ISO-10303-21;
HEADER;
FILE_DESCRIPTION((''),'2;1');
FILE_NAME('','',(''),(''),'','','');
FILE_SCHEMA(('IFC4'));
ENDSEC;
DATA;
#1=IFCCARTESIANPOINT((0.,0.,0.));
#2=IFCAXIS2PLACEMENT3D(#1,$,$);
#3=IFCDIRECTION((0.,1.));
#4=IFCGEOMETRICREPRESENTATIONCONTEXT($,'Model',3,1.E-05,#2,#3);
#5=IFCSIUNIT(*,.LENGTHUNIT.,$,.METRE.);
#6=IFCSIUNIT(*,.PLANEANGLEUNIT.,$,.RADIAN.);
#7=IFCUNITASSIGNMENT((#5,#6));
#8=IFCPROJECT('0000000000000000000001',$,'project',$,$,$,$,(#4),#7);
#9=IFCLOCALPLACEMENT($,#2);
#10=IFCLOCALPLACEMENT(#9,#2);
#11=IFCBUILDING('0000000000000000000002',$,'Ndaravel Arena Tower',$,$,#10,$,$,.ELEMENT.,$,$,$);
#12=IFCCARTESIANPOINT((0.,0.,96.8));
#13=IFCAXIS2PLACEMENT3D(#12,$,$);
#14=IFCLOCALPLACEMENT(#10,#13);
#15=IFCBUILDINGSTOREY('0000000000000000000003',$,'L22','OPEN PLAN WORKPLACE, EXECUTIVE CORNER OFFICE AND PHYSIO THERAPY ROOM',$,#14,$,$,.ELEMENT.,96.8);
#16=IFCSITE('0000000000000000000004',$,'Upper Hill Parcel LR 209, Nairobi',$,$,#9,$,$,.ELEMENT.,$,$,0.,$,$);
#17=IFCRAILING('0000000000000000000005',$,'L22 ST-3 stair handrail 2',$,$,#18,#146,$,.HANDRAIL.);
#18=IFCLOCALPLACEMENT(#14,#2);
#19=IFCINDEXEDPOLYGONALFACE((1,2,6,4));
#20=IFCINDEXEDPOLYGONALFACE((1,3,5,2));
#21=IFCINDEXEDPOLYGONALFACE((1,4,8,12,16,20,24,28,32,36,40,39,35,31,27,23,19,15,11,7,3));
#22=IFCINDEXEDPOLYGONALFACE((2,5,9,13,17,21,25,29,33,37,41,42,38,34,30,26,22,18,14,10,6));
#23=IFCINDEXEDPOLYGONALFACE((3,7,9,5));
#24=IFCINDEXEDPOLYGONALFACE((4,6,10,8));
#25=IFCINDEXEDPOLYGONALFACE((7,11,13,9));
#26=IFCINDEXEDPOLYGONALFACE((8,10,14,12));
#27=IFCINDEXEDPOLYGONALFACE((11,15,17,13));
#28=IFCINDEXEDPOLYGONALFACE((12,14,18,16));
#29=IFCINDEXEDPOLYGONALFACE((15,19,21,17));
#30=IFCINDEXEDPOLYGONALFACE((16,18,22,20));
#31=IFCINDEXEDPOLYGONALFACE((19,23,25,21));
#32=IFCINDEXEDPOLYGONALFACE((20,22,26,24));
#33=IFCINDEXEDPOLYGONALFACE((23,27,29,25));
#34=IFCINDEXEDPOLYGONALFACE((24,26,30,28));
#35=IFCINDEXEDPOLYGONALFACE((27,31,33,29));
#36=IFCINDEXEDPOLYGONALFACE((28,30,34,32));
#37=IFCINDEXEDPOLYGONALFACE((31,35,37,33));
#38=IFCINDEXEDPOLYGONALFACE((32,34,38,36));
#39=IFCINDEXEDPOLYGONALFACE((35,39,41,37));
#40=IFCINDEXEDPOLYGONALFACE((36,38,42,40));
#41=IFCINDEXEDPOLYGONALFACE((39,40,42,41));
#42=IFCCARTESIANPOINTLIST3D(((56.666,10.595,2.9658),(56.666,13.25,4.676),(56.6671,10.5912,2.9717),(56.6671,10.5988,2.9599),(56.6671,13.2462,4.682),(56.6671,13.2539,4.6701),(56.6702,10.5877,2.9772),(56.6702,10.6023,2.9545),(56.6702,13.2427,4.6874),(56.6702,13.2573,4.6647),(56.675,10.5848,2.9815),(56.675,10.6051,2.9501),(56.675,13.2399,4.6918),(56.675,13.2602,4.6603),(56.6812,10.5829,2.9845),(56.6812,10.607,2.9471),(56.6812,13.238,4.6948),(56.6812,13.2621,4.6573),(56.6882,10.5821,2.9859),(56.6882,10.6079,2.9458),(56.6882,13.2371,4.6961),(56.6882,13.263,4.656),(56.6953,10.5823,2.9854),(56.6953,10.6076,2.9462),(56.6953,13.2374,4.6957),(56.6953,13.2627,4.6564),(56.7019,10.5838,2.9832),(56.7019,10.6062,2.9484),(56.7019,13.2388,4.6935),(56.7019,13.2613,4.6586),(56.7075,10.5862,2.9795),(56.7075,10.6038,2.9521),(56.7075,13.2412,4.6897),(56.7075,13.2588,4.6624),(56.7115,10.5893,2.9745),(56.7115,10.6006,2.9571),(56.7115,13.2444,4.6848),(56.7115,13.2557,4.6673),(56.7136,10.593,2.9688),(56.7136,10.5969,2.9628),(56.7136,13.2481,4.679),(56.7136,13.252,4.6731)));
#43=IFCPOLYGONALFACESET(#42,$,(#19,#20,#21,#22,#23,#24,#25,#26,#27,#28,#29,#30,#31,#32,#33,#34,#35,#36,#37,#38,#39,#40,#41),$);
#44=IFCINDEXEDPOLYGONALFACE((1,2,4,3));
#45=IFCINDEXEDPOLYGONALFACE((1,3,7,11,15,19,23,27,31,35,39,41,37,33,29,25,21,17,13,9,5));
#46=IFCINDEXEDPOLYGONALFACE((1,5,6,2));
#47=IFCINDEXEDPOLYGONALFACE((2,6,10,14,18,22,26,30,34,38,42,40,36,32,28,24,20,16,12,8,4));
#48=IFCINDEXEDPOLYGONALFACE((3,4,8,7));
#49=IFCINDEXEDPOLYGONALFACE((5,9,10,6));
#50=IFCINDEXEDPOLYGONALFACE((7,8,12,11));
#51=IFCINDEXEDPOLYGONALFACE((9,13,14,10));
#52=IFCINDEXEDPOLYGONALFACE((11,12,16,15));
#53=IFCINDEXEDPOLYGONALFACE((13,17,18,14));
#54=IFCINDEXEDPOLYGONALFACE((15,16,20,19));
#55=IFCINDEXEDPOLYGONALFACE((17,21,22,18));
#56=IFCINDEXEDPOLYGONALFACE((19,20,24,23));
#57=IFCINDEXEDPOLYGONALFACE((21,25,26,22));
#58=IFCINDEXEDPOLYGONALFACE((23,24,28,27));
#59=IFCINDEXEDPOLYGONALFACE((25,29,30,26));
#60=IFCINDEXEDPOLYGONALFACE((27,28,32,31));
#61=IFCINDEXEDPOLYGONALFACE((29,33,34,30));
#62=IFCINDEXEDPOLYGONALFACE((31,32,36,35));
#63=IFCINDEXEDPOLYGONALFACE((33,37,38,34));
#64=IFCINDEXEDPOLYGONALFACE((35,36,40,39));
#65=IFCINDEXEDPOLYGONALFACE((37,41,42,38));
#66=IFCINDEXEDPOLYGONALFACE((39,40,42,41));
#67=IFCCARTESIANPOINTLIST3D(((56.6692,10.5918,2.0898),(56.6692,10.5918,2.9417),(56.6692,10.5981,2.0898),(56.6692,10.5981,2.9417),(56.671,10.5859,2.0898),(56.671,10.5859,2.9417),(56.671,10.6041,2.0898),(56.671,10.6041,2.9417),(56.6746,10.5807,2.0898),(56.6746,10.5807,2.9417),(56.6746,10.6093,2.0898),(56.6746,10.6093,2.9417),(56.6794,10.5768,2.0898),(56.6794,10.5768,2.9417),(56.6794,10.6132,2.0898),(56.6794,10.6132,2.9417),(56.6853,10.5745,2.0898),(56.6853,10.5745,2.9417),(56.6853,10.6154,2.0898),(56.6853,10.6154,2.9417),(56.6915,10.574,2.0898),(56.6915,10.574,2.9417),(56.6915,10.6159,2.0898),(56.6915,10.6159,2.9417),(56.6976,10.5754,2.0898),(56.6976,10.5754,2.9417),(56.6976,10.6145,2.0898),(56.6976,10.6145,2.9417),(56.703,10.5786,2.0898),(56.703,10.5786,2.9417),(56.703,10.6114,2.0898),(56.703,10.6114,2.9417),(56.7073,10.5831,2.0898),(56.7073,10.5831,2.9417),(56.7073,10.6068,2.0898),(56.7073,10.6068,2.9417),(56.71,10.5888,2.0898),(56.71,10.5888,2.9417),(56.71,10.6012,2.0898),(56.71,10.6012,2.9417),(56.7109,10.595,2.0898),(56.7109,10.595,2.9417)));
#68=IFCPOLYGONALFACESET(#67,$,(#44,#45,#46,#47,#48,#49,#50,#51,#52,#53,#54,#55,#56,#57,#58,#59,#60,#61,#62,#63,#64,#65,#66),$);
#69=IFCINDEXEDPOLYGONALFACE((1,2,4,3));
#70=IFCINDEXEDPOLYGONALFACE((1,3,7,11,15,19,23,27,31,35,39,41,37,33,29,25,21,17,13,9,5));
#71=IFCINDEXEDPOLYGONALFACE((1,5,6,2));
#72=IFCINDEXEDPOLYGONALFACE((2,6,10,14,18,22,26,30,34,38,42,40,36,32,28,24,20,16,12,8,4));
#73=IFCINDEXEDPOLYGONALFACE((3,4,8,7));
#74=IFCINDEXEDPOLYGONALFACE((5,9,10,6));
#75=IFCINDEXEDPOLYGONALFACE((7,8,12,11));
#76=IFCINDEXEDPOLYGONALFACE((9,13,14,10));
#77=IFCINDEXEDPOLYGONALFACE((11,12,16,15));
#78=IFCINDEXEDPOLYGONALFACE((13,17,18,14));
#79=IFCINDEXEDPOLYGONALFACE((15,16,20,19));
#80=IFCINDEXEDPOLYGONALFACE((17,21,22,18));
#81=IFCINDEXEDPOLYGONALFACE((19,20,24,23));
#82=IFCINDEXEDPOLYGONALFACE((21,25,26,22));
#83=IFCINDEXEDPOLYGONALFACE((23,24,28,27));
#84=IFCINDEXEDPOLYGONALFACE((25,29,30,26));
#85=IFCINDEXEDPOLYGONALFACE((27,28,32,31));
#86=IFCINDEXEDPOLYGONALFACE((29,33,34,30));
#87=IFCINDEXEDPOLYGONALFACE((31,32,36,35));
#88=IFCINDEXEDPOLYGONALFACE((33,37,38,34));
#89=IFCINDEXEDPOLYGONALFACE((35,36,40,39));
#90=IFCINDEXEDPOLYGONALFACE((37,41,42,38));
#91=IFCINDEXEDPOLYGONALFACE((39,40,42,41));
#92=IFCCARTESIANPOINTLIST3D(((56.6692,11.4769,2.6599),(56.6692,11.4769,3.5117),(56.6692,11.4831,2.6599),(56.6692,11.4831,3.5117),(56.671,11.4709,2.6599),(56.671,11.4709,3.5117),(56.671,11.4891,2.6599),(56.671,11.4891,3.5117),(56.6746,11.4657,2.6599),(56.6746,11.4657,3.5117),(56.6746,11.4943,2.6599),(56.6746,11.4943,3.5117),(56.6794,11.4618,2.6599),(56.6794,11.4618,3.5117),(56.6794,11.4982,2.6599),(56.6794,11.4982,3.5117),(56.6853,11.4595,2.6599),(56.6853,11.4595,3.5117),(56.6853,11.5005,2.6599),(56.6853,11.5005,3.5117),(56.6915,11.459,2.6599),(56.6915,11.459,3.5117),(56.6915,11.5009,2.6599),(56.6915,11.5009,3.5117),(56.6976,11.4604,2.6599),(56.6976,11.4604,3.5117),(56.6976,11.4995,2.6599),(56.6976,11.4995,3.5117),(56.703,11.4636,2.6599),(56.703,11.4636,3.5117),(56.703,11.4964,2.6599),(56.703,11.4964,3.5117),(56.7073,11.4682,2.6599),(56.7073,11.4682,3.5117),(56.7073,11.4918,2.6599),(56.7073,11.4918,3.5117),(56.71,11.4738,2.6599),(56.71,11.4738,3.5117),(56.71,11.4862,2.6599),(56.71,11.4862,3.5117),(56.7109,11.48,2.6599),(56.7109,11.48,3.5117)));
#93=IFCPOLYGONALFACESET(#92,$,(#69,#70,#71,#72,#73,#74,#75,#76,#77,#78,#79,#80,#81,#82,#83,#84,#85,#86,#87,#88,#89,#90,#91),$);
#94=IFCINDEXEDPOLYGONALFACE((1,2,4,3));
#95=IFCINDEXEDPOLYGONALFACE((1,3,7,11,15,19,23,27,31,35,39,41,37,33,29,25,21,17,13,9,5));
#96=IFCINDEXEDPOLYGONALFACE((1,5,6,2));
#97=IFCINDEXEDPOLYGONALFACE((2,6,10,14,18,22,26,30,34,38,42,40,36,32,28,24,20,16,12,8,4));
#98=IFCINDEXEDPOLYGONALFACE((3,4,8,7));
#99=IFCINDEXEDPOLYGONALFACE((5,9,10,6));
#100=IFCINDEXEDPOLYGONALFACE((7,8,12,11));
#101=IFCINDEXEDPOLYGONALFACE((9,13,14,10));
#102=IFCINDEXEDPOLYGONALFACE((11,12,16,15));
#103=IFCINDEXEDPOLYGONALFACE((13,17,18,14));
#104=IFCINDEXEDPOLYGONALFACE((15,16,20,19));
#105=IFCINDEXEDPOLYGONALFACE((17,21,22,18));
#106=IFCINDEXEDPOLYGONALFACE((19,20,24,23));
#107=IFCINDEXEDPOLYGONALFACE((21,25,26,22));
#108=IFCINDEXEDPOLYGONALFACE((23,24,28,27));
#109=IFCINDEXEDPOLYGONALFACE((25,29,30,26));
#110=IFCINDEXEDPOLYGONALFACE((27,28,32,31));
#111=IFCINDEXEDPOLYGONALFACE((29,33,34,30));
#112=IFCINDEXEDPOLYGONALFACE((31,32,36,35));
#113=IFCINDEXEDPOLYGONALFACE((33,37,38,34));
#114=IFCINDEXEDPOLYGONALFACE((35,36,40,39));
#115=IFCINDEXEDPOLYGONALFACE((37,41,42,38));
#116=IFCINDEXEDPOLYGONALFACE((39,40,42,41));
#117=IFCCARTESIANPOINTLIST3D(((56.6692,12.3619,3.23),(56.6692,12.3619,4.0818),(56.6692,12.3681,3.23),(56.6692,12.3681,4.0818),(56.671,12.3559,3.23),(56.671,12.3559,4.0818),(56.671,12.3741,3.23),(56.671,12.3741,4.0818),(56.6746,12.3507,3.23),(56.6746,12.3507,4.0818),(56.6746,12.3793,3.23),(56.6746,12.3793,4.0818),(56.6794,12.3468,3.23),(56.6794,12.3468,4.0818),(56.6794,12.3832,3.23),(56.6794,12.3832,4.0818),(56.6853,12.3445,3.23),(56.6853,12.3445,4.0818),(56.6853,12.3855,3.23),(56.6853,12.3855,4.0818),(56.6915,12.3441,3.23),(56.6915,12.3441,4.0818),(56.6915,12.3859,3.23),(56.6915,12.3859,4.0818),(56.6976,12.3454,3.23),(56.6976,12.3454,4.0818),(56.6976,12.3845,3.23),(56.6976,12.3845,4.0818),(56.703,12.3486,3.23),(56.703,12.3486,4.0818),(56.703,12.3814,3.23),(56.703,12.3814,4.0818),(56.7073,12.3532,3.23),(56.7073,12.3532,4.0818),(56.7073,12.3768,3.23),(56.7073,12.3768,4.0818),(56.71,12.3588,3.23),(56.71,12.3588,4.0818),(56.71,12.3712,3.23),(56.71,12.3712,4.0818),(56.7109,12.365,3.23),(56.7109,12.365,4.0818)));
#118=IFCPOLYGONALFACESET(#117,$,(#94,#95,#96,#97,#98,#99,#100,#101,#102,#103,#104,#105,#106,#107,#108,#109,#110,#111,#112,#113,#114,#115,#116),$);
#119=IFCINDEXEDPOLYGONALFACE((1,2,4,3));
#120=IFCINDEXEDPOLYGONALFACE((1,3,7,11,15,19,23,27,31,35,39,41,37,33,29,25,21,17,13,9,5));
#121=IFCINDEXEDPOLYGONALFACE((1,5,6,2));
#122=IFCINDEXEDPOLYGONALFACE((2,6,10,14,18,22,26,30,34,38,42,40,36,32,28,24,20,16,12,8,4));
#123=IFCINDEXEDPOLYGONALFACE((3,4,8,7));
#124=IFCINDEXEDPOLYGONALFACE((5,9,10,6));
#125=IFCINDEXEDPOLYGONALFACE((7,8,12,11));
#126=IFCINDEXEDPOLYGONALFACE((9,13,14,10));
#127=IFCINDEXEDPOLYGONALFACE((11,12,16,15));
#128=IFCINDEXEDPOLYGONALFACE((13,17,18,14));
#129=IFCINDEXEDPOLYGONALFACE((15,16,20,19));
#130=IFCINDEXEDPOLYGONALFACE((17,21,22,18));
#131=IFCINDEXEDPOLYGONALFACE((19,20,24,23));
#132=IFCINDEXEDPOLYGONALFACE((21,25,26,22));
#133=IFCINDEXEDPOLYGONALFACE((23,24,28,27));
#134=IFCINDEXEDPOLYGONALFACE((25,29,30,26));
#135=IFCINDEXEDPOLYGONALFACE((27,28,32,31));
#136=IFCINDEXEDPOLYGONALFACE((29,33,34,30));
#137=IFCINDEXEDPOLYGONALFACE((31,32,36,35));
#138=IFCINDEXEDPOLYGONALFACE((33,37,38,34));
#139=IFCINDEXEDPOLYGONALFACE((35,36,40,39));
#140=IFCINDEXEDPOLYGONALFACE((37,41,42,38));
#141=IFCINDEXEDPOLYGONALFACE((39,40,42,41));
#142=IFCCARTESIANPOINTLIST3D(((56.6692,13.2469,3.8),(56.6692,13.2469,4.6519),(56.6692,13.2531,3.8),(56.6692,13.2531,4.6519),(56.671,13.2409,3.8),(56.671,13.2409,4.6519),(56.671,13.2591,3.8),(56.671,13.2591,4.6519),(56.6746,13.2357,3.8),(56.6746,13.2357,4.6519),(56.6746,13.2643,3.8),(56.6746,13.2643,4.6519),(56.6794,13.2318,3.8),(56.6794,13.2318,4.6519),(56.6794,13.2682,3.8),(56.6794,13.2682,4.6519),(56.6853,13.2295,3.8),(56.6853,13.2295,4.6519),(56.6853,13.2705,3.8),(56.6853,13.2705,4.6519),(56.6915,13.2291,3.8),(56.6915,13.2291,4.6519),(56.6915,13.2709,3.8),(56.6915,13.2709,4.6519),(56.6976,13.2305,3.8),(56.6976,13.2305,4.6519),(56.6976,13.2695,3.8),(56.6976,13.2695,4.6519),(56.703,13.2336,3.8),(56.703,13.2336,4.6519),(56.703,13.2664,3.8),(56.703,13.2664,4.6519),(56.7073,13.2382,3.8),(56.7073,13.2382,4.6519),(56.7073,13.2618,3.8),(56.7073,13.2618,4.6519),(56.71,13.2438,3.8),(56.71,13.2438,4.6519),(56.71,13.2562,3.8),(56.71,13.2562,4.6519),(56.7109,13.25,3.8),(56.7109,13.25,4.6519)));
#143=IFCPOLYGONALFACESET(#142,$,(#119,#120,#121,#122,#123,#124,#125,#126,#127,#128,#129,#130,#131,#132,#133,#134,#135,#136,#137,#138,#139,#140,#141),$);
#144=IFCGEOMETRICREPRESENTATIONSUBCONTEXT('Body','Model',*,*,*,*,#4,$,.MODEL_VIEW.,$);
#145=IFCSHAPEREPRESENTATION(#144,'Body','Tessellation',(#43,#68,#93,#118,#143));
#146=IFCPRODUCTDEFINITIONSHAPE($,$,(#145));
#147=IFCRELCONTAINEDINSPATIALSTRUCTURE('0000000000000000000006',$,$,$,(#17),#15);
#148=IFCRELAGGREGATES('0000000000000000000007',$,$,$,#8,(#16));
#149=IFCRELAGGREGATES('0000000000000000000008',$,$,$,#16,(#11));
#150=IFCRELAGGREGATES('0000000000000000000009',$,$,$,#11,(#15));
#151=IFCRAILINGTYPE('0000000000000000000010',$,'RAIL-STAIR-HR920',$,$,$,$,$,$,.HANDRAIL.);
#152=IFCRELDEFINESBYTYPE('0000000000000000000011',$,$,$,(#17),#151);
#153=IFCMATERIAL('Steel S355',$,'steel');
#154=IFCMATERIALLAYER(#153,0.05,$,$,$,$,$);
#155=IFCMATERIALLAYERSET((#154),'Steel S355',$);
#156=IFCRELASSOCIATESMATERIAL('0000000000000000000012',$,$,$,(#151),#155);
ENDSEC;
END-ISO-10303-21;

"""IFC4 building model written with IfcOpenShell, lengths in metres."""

from ifc_helpers import new_model, si_unit, direction, frame, origin, origin_2d, place, context, subcontext, project, spatial, circle, extrude, material, layer, layer_set, type_object, element, save


model = new_model("IFC4")

# Units and contexts
model_context = context("Model", 3, precision=1e-05, world=origin(), true_north=direction((0.0, 1.0)))
body_context = subcontext(model_context, "Body", "Model", "MODEL_VIEW")
ifc_project = project(units=[si_unit("LENGTHUNIT", "METRE"), si_unit("PLANEANGLEUNIT", "RADIAN")], contexts=[model_context])

# Site, building, storey
site_placement = place(None, origin())
site = spatial("IfcSite", under=ifc_project, at=site_placement, Name="Upper Hill Parcel LR 209, Nairobi", CompositionType="ELEMENT", RefElevation=0.0)
building_placement = place(site_placement, origin())
building = spatial("IfcBuilding", under=site, at=building_placement, Name="Ndaravel Arena Tower", CompositionType="ELEMENT")
storey_placement = place(building_placement, frame((0.0, 0.0, 96.8)))
storey = spatial("IfcBuildingStorey", under=building, at=storey_placement, Name="L22", Description="OPEN PLAN WORKPLACE, EXECUTIVE CORNER OFFICE AND PHYSIO THERAPY ROOM", CompositionType="ELEMENT", Elevation=96.8)

# Railing
ifc_material_1 = material(Name="Steel S355", Category="steel")
ifc_layer_1 = layer(ifc_material_1, 0.05)
ifc_layer_set_1 = layer_set([ifc_layer_1], Name="Steel S355")
railing_type_1 = type_object("IfcRailingType", Name="RAIL-STAIR-HR920", PredefinedType="HANDRAIL", material=ifc_layer_set_1)
railing_1_placement = place(storey_placement, frame((56.6899, 10.595, 2.0898)))
element("IfcRailing", 1, at=railing_1_placement, inside=storey, type_object=railing_type_1, Name="L22 ST-3 stair handrail 2", PredefinedType="HANDRAIL", context=body_context, shape_type="SweptSolid", body=[
    extrude(circle(Radius=0.0239, at=origin_2d()), frame((0.0, 0.0, 0.876), z_axis=(0.0, 0.840688, 0.541519), x_axis=(-1.0, 0.0, 0.0)), (0.0, 0.0, 1.0), 3.1582),
    extrude(circle(Radius=0.021, at=origin_2d()), origin(), (0.0, 0.0, 1.0), 0.8518),
    extrude(circle(Radius=0.021, at=origin_2d()), frame((0.0, 0.885, 0.5701)), (0.0, 0.0, 1.0), 0.8518),
    extrude(circle(Radius=0.021, at=origin_2d()), frame((0.0, 1.77, 1.1401)), (0.0, 0.0, 1.0), 0.8518),
    extrude(circle(Radius=0.021, at=origin_2d()), frame((0.0, 2.655, 1.7102)), (0.0, 0.0, 1.0), 0.8518),
])

save(model, "model.ifc")
